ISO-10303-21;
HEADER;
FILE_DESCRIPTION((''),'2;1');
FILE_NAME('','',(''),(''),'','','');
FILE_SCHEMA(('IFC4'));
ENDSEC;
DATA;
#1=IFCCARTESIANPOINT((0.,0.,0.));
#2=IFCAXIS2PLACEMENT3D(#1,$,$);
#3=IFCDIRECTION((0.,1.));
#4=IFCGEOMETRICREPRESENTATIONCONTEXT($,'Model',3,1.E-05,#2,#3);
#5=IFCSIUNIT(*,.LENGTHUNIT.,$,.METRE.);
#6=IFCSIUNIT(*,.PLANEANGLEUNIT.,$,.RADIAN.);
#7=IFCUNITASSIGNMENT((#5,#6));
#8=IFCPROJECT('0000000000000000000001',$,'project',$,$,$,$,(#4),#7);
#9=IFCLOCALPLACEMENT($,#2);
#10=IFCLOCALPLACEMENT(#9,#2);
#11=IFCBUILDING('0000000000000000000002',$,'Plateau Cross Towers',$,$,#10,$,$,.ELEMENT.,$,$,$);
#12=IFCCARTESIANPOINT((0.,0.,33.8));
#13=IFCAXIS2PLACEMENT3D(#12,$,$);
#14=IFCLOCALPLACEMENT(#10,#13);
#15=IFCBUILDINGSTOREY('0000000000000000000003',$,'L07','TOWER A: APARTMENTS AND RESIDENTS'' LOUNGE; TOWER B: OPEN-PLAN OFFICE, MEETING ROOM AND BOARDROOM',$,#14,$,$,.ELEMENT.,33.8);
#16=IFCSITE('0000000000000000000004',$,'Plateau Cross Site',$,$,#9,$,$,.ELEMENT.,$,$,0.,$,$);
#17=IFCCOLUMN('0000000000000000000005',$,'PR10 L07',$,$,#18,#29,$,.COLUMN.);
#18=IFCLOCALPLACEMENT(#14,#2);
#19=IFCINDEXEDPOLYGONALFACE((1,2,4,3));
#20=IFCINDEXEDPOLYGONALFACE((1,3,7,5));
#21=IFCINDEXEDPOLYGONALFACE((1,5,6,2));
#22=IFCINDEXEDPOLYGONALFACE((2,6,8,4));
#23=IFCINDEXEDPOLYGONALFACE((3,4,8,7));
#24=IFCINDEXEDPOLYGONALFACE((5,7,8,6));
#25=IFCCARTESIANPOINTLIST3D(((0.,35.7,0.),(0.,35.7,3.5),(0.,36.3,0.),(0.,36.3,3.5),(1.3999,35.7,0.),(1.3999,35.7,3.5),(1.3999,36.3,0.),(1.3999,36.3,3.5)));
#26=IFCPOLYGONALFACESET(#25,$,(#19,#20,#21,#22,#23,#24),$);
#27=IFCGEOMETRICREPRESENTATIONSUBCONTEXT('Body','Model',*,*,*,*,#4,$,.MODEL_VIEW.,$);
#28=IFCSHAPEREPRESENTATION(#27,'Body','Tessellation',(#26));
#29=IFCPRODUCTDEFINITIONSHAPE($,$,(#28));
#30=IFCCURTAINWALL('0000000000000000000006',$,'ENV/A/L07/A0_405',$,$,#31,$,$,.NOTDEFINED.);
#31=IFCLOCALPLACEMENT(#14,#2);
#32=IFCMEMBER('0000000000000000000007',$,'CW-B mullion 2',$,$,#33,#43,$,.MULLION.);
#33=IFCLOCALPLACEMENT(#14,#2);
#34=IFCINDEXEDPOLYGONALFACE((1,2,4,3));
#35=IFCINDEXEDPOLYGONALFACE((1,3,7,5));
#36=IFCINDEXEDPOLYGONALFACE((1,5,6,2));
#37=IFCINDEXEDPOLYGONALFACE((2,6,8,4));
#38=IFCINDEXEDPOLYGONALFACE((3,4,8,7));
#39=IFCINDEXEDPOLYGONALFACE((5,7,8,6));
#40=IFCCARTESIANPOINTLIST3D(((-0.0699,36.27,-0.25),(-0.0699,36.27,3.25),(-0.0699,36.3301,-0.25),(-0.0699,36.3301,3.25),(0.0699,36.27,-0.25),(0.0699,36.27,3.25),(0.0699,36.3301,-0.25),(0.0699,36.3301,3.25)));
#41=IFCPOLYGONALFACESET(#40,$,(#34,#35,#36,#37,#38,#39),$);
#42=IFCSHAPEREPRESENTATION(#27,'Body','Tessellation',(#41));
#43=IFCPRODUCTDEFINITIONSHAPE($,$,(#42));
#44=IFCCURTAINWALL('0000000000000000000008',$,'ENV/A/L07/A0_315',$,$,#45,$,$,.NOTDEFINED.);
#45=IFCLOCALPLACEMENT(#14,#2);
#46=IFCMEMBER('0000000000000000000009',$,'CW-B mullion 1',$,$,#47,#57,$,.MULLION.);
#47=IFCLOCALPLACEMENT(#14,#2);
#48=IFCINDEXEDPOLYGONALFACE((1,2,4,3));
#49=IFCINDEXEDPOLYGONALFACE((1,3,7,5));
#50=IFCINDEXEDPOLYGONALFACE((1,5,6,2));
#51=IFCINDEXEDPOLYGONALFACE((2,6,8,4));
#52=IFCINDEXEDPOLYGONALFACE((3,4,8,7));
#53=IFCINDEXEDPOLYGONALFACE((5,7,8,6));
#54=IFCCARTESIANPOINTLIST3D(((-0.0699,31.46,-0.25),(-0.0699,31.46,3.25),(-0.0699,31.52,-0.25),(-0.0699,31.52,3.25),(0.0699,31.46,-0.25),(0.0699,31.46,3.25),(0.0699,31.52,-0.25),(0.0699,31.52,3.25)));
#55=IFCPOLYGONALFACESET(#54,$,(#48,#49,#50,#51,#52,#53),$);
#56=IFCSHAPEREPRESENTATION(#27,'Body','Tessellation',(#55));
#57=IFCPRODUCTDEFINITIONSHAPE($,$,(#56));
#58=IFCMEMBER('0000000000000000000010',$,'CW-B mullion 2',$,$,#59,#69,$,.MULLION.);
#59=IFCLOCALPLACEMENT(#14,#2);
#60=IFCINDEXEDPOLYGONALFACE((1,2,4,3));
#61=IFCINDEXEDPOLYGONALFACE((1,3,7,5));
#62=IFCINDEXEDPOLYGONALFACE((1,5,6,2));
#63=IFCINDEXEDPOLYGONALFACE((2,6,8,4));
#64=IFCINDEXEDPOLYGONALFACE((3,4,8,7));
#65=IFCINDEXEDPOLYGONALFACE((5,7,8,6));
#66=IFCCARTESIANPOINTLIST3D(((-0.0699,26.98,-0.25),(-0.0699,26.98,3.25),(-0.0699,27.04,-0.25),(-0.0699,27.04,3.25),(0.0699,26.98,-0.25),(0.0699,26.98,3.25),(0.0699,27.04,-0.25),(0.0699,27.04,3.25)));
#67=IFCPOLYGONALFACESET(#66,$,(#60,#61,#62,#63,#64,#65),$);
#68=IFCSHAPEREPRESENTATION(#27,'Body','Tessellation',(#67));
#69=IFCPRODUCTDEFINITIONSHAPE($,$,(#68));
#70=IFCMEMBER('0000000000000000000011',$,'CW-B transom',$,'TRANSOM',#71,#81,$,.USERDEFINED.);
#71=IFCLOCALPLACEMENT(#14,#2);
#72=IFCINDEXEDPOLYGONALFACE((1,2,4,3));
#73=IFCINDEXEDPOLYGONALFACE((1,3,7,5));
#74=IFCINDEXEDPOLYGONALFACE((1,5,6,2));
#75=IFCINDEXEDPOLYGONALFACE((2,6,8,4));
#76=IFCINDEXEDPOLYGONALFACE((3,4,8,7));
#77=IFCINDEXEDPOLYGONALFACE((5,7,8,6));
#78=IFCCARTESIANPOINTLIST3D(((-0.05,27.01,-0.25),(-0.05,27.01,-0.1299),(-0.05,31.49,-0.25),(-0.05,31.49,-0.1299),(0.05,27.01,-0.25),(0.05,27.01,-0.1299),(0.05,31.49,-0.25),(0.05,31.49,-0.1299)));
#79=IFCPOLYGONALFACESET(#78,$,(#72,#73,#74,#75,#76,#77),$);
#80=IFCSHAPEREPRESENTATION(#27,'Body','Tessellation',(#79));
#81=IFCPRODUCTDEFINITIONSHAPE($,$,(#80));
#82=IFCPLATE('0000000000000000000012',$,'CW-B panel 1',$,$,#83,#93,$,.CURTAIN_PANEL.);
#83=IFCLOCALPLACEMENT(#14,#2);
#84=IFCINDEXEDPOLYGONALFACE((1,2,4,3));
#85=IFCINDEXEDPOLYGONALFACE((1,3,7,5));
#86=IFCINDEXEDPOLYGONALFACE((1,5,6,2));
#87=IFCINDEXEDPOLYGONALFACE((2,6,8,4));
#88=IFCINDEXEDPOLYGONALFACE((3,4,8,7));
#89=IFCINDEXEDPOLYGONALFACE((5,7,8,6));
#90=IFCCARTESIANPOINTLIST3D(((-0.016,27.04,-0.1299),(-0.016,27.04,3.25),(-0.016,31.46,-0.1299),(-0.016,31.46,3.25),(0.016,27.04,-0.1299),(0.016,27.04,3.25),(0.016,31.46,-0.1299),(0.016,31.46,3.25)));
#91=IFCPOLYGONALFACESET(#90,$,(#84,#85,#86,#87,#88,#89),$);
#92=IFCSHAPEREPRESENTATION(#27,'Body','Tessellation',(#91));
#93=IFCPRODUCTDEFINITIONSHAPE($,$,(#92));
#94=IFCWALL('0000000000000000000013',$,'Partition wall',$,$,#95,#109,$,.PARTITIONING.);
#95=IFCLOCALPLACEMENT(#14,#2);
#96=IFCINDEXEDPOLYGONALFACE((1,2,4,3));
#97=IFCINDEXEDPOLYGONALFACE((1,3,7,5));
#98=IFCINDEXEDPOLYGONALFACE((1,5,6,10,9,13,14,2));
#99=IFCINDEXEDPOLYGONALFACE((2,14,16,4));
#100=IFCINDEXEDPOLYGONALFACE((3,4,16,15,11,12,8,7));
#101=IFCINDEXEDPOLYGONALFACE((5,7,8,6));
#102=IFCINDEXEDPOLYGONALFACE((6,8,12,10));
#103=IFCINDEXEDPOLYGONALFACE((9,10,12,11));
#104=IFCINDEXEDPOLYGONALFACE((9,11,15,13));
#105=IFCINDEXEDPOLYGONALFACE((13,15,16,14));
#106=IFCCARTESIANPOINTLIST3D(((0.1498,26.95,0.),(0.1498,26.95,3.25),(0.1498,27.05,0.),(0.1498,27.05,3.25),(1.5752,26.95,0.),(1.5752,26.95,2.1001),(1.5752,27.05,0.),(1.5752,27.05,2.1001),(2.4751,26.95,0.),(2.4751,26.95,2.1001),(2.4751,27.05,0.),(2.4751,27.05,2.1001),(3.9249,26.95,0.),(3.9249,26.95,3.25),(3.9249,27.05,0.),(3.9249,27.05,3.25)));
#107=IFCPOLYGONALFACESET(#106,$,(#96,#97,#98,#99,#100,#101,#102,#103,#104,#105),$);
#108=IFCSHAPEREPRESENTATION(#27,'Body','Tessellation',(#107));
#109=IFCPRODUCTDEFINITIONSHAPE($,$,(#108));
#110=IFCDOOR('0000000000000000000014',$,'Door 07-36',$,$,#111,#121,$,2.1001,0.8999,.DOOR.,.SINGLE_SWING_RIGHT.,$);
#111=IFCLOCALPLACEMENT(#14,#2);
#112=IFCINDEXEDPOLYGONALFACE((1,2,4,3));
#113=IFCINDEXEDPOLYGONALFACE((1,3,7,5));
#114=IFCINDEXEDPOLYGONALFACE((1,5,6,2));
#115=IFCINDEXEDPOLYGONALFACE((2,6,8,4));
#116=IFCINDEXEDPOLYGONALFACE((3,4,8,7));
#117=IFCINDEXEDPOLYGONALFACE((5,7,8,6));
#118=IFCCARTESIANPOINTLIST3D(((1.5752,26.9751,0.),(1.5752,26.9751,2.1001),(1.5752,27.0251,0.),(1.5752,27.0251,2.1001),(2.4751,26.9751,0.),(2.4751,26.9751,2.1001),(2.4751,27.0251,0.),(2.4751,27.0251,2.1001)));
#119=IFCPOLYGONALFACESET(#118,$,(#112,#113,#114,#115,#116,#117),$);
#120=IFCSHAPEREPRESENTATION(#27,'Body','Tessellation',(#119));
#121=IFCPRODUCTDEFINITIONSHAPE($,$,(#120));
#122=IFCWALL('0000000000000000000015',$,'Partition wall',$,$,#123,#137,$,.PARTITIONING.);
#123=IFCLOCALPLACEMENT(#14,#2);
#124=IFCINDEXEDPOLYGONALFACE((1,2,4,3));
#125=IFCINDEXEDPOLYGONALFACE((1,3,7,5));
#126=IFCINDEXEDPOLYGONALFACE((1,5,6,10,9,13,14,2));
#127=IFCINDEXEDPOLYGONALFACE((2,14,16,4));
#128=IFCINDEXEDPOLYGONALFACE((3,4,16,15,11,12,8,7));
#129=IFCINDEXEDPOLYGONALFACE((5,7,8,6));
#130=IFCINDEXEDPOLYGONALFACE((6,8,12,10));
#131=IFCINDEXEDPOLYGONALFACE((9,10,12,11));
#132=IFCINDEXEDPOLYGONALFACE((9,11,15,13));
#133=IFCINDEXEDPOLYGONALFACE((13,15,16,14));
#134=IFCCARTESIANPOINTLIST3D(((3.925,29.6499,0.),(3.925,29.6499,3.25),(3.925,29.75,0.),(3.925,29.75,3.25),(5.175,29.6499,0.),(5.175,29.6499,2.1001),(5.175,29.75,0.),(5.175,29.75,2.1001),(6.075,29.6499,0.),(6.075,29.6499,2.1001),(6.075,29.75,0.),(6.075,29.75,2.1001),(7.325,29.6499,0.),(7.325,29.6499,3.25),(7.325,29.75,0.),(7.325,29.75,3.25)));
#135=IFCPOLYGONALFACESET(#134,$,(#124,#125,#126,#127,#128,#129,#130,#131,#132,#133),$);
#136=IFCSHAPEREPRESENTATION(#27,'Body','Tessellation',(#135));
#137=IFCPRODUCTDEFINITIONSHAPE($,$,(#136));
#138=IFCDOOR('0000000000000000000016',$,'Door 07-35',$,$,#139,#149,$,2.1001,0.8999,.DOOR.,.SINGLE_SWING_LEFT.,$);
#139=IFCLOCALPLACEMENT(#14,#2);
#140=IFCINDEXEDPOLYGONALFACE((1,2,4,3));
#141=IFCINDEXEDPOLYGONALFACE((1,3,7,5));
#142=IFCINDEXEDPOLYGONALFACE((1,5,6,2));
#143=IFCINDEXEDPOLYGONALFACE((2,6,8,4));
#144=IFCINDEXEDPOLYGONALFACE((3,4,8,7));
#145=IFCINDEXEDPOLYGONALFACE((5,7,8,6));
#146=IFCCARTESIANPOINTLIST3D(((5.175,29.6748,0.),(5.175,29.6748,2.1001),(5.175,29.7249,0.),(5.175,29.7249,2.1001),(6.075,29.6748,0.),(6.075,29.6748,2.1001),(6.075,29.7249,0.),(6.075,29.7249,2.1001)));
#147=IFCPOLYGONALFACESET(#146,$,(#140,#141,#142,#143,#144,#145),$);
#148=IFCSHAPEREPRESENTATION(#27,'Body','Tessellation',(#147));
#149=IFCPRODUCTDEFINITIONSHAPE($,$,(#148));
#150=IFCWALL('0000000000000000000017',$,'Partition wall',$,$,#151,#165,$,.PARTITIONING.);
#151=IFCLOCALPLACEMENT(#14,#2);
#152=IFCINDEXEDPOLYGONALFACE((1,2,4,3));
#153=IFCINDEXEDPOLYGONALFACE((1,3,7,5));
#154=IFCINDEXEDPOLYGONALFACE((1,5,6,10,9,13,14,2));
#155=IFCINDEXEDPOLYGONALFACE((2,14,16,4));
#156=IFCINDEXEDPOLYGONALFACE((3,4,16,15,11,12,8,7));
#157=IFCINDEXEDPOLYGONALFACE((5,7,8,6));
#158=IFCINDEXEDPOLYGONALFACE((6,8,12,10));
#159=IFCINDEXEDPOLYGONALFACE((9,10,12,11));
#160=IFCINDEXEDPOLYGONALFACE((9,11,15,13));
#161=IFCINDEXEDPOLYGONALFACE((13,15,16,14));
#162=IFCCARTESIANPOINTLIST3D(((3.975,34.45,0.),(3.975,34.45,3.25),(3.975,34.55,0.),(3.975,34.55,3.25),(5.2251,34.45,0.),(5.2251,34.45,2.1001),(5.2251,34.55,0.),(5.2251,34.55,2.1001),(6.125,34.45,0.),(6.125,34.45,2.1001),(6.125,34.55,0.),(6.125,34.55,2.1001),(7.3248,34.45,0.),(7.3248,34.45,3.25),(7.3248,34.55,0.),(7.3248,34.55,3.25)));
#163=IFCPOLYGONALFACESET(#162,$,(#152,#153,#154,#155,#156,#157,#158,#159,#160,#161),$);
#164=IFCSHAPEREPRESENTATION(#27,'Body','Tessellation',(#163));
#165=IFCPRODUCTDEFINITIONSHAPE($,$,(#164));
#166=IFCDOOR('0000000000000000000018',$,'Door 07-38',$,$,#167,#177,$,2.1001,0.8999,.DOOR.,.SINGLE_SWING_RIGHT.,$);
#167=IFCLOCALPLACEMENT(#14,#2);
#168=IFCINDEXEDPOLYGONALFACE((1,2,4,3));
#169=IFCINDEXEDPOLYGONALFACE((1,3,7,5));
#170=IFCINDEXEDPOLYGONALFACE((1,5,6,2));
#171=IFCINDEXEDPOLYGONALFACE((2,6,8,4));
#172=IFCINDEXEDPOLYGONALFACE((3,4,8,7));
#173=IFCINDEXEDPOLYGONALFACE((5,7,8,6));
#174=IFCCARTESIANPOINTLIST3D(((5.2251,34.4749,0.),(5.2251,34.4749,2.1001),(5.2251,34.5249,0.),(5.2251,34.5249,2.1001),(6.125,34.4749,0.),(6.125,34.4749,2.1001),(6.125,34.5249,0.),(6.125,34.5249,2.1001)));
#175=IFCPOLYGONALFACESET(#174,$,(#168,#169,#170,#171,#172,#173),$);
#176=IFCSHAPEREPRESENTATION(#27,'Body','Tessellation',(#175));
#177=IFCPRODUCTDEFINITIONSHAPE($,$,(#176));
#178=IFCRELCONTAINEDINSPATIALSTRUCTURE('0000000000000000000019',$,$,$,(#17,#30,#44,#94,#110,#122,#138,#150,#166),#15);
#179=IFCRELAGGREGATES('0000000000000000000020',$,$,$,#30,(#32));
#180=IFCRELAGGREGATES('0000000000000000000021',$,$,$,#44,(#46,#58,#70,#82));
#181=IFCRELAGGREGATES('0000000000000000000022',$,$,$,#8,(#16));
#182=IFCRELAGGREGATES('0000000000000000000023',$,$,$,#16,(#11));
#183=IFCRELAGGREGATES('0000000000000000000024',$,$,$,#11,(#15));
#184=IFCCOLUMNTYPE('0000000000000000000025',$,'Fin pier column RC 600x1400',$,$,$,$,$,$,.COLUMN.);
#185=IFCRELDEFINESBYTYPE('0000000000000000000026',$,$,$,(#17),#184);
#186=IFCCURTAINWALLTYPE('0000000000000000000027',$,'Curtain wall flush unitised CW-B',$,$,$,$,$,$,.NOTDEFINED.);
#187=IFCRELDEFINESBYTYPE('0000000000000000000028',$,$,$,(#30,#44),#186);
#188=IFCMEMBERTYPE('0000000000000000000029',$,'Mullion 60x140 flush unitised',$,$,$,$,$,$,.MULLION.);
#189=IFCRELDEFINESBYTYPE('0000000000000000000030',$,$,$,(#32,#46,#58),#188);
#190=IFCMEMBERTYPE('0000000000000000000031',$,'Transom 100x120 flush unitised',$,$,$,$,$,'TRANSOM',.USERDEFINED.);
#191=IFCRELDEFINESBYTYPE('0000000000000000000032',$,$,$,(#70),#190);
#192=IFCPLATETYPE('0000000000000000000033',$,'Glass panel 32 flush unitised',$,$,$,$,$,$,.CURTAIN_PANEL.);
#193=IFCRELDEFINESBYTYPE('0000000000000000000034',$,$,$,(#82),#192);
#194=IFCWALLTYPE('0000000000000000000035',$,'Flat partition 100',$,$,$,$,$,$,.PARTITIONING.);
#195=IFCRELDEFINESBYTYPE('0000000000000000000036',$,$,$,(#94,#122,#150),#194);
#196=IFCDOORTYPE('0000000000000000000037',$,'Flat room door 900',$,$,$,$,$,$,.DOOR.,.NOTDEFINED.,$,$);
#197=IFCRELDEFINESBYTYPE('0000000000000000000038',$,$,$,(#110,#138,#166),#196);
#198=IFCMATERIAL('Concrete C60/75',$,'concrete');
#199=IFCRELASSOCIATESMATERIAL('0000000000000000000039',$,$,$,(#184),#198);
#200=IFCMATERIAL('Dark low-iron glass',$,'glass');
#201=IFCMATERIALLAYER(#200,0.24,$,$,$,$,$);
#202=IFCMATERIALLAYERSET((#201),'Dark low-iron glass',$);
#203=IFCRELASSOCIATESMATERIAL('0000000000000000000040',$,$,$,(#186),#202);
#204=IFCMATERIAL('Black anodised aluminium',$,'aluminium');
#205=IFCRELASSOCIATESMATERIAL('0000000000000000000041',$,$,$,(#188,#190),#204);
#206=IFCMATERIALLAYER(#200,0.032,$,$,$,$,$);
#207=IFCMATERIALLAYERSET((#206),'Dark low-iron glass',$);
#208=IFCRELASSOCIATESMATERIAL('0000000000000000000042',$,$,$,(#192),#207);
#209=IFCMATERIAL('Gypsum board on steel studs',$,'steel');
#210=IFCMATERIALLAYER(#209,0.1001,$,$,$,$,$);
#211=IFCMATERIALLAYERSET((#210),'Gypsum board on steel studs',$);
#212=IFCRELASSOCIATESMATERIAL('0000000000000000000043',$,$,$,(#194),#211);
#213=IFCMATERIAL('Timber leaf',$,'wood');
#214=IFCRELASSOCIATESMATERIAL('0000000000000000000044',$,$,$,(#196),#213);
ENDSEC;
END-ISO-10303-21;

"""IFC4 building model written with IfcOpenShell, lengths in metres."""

from ifc_helpers import new_model, si_unit, direction, frame, frame_2d, origin, origin_2d, place, context, subcontext, project, spatial, rectangle, extrude, material, layer, layer_set, material_profile, profile_set, type_object, element, fill, aggregate, save


model = new_model("IFC4")

# Units and contexts
model_context = context("Model", 3, precision=1e-05, world=origin(), true_north=direction((0.0, 1.0)))
body_context = subcontext(model_context, "Body", "Model", "MODEL_VIEW")
ifc_project = project(units=[si_unit("LENGTHUNIT", "METRE"), si_unit("PLANEANGLEUNIT", "RADIAN")], contexts=[model_context])

# Site, building, storey
site_placement = place(None, origin())
site = spatial("IfcSite", under=ifc_project, at=site_placement, Name="Plateau Cross Site", CompositionType="ELEMENT", RefElevation=0.0)
building_placement = place(site_placement, origin())
building = spatial("IfcBuilding", under=site, at=building_placement, Name="Plateau Cross Towers", CompositionType="ELEMENT")
storey_placement = place(building_placement, frame((0.0, 0.0, 33.8)))
storey = spatial("IfcBuildingStorey", under=building, at=storey_placement, Name="L07", Description="TOWER A: APARTMENTS AND RESIDENTS' LOUNGE; TOWER B: OPEN-PLAN OFFICE, MEETING ROOM AND BOARDROOM", CompositionType="ELEMENT", Elevation=33.8)

# Column
ifc_material_1 = material(Name="Concrete C60/75", Category="concrete")
ifc_material_profile_1 = material_profile(ifc_material_1, rectangle(XDim=0.6001, YDim=1.3999, at=origin_2d()), Name="RC 600x1400")
ifc_profile_set_1 = profile_set([ifc_material_profile_1], Name="Concrete C60/75")
column_type = type_object("IfcColumnType", Name="Fin pier column RC 600x1400", PredefinedType="COLUMN", material=ifc_profile_set_1)
column_placement = place(storey_placement, frame((0.7, 36.0, 0.0), z_axis=(0.0, 0.0, 1.0), x_axis=(0.0, 1.0, 0.0)))
element("IfcColumn", 1, at=column_placement, inside=storey, type_object=column_type, Name="PR10 L07", PredefinedType="COLUMN", context=body_context, shape_type="SweptSolid", body=[
    extrude(rectangle(XDim=0.6001, YDim=1.3999, at=origin_2d()), origin(), (0.0, 0.0, 1.0), 3.5),
])

# Curtain wall, member
ifc_material_2 = material(Name="Dark low-iron glass", Category="glass")
ifc_layer_1 = layer(ifc_material_2, 0.24)
ifc_layer_set_1 = layer_set([ifc_layer_1], Name="Dark low-iron glass")
curtain_wall_type = type_object("IfcCurtainWallType", Name="Curtain wall flush unitised CW-B", PredefinedType="NOTDEFINED", material=ifc_layer_set_1)
curtain_wall_1_placement = place(storey_placement, origin())
curtain_wall_1 = element("IfcCurtainWall", 2, at=curtain_wall_1_placement, inside=storey, type_object=curtain_wall_type, Name="ENV/A/L07/A0_405", PredefinedType="NOTDEFINED")
ifc_material_3 = material(Name="Black anodised aluminium", Category="aluminium")
ifc_material_profile_2 = material_profile(ifc_material_3, rectangle(XDim=0.0601, YDim=0.1399, at=origin_2d()), Name="MULLION 60x140")
ifc_profile_set_2 = profile_set([ifc_material_profile_2], Name="Black anodised aluminium")
member_type_1 = type_object("IfcMemberType", Name="Mullion 60x140 flush unitised", PredefinedType="MULLION", material=ifc_profile_set_2)
member_1_placement = place(storey_placement, frame((0.0, 36.3, -0.25), z_axis=(0.0, 0.0, 1.0), x_axis=(0.0, -1.0, 0.0)))
member_1 = element("IfcMember", 3, at=member_1_placement, type_object=member_type_1, Name="CW-B mullion 2", PredefinedType="MULLION", context=body_context, shape_type="SweptSolid", body=[
    extrude(rectangle(XDim=0.0601, YDim=0.1399, at=origin_2d()), origin(), (0.0, 0.0, 1.0), 3.5),
])
aggregate(curtain_wall_1, [member_1])

# Curtain wall, members, plate
curtain_wall_2_placement = place(storey_placement, origin())
curtain_wall_2 = element("IfcCurtainWall", 4, at=curtain_wall_2_placement, inside=storey, type_object=curtain_wall_type, Name="ENV/A/L07/A0_315", PredefinedType="NOTDEFINED")
member_2_placement = place(storey_placement, frame((0.0, 31.49, -0.25), z_axis=(0.0, 0.0, 1.0), x_axis=(0.0, -1.0, 0.0)))
member_2 = element("IfcMember", 5, at=member_2_placement, type_object=member_type_1, Name="CW-B mullion 1", PredefinedType="MULLION", context=body_context, shape_type="SweptSolid", body=[
    extrude(rectangle(XDim=0.0601, YDim=0.1399, at=origin_2d()), origin(), (0.0, 0.0, 1.0), 3.5),
])
member_3_placement = place(storey_placement, frame((0.0, 27.01, -0.25), z_axis=(0.0, 0.0, 1.0), x_axis=(0.0, -1.0, 0.0)))
member_3 = element("IfcMember", 6, at=member_3_placement, type_object=member_type_1, Name="CW-B mullion 2", PredefinedType="MULLION", context=body_context, shape_type="SweptSolid", body=[
    extrude(rectangle(XDim=0.0601, YDim=0.1399, at=origin_2d()), origin(), (0.0, 0.0, 1.0), 3.5),
])
ifc_material_profile_3 = material_profile(ifc_material_3, rectangle(XDim=0.1001, YDim=0.1201, at=origin_2d()), Name="TRANSOM 100x120")
ifc_profile_set_3 = profile_set([ifc_material_profile_3], Name="Black anodised aluminium")
member_type_2 = type_object("IfcMemberType", Name="Transom 100x120 flush unitised", ElementType="TRANSOM", PredefinedType="USERDEFINED", material=ifc_profile_set_3)
member_4_placement = place(storey_placement, frame((0.0, 31.49, -0.1899), z_axis=(0.0, -1.0, 0.0), x_axis=(1.0, 0.0, 0.0)))
member_4 = element("IfcMember", 7, at=member_4_placement, type_object=member_type_2, Name="CW-B transom", ObjectType="TRANSOM", PredefinedType="USERDEFINED", context=body_context, shape_type="SweptSolid", body=[
    extrude(rectangle(XDim=0.1001, YDim=0.1201, at=origin_2d()), origin(), (0.0, 0.0, 1.0), 4.48),
])
ifc_layer_2 = layer(ifc_material_2, 0.032)
ifc_layer_set_2 = layer_set([ifc_layer_2], Name="Dark low-iron glass")
plate_type = type_object("IfcPlateType", Name="Glass panel 32 flush unitised", PredefinedType="CURTAIN_PANEL", material=ifc_layer_set_2)
plate_placement = place(storey_placement, frame((0.0, 29.25, -0.1299), z_axis=(0.0, 0.0, 1.0), x_axis=(0.0, -1.0, 0.0)))
plate = element("IfcPlate", 8, at=plate_placement, type_object=plate_type, Name="CW-B panel 1", PredefinedType="CURTAIN_PANEL", context=body_context, shape_type="SweptSolid", body=[
    extrude(rectangle(XDim=4.4199, YDim=0.032, at=origin_2d()), origin(), (0.0, 0.0, 1.0), 3.3799),
])
aggregate(curtain_wall_2, [member_2, member_3, member_4, plate])

# Walls, openings, doors
ifc_material_4 = material(Name="Gypsum board on steel studs", Category="steel")
ifc_layer_3 = layer(ifc_material_4, 0.1001)
ifc_layer_set_3 = layer_set([ifc_layer_3], Name="Gypsum board on steel studs")
wall_type_1 = type_object("IfcWallType", Name="Flat partition 100", PredefinedType="PARTITIONING", material=ifc_layer_set_3)
wall_1_placement = place(storey_placement, frame((3.925, 27.0, 0.0), z_axis=(0.0, 0.0, 1.0), x_axis=(-1.0, 0.0, 0.0)))
wall_1 = element("IfcWall", 9, at=wall_1_placement, inside=storey, type_object=wall_type_1, Name="Partition wall", PredefinedType="PARTITIONING", context=body_context, shape_type="SweptSolid", body=[
    extrude(rectangle(XDim=3.7751, YDim=0.1001, at=frame_2d((1.8877, 0.0))), origin(), (0.0, 0.0, 1.0), 3.25),
])
opening_1_placement = place(wall_1_placement, frame((1.45, 0.0, 0.0)))
opening_1 = element("IfcOpeningElement", 10, at=opening_1_placement, cuts=wall_1, PredefinedType="OPENING", context=body_context, shape_type="SweptSolid", body=[
    extrude(rectangle(XDim=0.8999, YDim=2.1001, at=frame_2d((0.45, 1.05))), frame((0.0, 0.0601, 0.0), z_axis=(0.0, -1.0, 0.0), x_axis=(1.0, 0.0, 0.0)), (0.0, 0.0, 1.0), 0.1201),
])
ifc_material_5 = material(Name="Timber leaf", Category="wood")
door_type_1 = type_object("IfcDoorType", Name="Flat room door 900", OperationType="NOTDEFINED", PredefinedType="DOOR", material=ifc_material_5)
door_1_placement = place(opening_1_placement, origin())
door_1 = element("IfcDoor", 11, at=door_1_placement, inside=storey, type_object=door_type_1, Name="Door 07-36", OperationType="SINGLE_SWING_RIGHT", OverallHeight=2.1001, OverallWidth=0.8999, PredefinedType="DOOR", context=body_context, shape_type="SweptSolid", body=[
    extrude(rectangle(XDim=0.8999, YDim=2.1001, at=frame_2d((0.45, 1.05))), frame((0.0, 0.0249, 0.0), z_axis=(0.0, -1.0, 0.0), x_axis=(1.0, 0.0, 0.0)), (0.0, 0.0, 1.0), 0.05),
])
fill(opening_1, door_1)
wall_2_placement = place(storey_placement, frame((3.925, 29.7, 0.0), z_axis=(0.0, 0.0, 1.0), x_axis=(1.0, 0.0, 0.0)))
wall_2 = element("IfcWall", 12, at=wall_2_placement, inside=storey, type_object=wall_type_1, Name="Partition wall", PredefinedType="PARTITIONING", context=body_context, shape_type="SweptSolid", body=[
    extrude(rectangle(XDim=3.3999, YDim=0.1001, at=frame_2d((1.7, 0.0))), origin(), (0.0, 0.0, 1.0), 3.25),
])
opening_2_placement = place(wall_2_placement, frame((1.25, 0.0, 0.0)))
opening_2 = element("IfcOpeningElement", 13, at=opening_2_placement, cuts=wall_2, PredefinedType="OPENING", context=body_context, shape_type="SweptSolid", body=[
    extrude(rectangle(XDim=0.8999, YDim=2.1001, at=frame_2d((0.45, 1.05))), frame((0.0, 0.0601, 0.0), z_axis=(0.0, -1.0, 0.0), x_axis=(1.0, 0.0, 0.0)), (0.0, 0.0, 1.0), 0.1201),
])
door_2_placement = place(opening_2_placement, origin())
door_2 = element("IfcDoor", 14, at=door_2_placement, inside=storey, type_object=door_type_1, Name="Door 07-35", OperationType="SINGLE_SWING_LEFT", OverallHeight=2.1001, OverallWidth=0.8999, PredefinedType="DOOR", context=body_context, shape_type="SweptSolid", body=[
    extrude(rectangle(XDim=0.8999, YDim=2.1001, at=frame_2d((0.45, 1.05))), frame((0.0, 0.0249, 0.0), z_axis=(0.0, -1.0, 0.0), x_axis=(1.0, 0.0, 0.0)), (0.0, 0.0, 1.0), 0.05),
])
fill(opening_2, door_2)
wall_3_placement = place(storey_placement, frame((3.9751, 34.5, 0.0), z_axis=(0.0, 0.0, 1.0), x_axis=(1.0, 0.0, 0.0)))
wall_3 = element("IfcWall", 15, at=wall_3_placement, inside=storey, type_object=wall_type_1, Name="Partition wall", PredefinedType="PARTITIONING", context=body_context, shape_type="SweptSolid", body=[
    extrude(rectangle(XDim=3.3499, YDim=0.1001, at=frame_2d((1.6748, 0.0))), origin(), (0.0, 0.0, 1.0), 3.25),
])
opening_3_placement = place(wall_3_placement, frame((1.25, 0.0, 0.0)))
opening_3 = element("IfcOpeningElement", 16, at=opening_3_placement, cuts=wall_3, PredefinedType="OPENING", context=body_context, shape_type="SweptSolid", body=[
    extrude(rectangle(XDim=0.8999, YDim=2.1001, at=frame_2d((0.45, 1.05))), frame((0.0, 0.0601, 0.0), z_axis=(0.0, -1.0, 0.0), x_axis=(1.0, 0.0, 0.0)), (0.0, 0.0, 1.0), 0.1201),
])
door_3_placement = place(opening_3_placement, origin())
door_3 = element("IfcDoor", 17, at=door_3_placement, inside=storey, type_object=door_type_1, Name="Door 07-38", OperationType="SINGLE_SWING_RIGHT", OverallHeight=2.1001, OverallWidth=0.8999, PredefinedType="DOOR", context=body_context, shape_type="SweptSolid", body=[
    extrude(rectangle(XDim=0.8999, YDim=2.1001, at=frame_2d((0.45, 1.05))), frame((0.0, 0.0249, 0.0), z_axis=(0.0, -1.0, 0.0), x_axis=(1.0, 0.0, 0.0)), (0.0, 0.0, 1.0), 0.05),
])
fill(opening_3, door_3)

save(model, "model.ifc")
